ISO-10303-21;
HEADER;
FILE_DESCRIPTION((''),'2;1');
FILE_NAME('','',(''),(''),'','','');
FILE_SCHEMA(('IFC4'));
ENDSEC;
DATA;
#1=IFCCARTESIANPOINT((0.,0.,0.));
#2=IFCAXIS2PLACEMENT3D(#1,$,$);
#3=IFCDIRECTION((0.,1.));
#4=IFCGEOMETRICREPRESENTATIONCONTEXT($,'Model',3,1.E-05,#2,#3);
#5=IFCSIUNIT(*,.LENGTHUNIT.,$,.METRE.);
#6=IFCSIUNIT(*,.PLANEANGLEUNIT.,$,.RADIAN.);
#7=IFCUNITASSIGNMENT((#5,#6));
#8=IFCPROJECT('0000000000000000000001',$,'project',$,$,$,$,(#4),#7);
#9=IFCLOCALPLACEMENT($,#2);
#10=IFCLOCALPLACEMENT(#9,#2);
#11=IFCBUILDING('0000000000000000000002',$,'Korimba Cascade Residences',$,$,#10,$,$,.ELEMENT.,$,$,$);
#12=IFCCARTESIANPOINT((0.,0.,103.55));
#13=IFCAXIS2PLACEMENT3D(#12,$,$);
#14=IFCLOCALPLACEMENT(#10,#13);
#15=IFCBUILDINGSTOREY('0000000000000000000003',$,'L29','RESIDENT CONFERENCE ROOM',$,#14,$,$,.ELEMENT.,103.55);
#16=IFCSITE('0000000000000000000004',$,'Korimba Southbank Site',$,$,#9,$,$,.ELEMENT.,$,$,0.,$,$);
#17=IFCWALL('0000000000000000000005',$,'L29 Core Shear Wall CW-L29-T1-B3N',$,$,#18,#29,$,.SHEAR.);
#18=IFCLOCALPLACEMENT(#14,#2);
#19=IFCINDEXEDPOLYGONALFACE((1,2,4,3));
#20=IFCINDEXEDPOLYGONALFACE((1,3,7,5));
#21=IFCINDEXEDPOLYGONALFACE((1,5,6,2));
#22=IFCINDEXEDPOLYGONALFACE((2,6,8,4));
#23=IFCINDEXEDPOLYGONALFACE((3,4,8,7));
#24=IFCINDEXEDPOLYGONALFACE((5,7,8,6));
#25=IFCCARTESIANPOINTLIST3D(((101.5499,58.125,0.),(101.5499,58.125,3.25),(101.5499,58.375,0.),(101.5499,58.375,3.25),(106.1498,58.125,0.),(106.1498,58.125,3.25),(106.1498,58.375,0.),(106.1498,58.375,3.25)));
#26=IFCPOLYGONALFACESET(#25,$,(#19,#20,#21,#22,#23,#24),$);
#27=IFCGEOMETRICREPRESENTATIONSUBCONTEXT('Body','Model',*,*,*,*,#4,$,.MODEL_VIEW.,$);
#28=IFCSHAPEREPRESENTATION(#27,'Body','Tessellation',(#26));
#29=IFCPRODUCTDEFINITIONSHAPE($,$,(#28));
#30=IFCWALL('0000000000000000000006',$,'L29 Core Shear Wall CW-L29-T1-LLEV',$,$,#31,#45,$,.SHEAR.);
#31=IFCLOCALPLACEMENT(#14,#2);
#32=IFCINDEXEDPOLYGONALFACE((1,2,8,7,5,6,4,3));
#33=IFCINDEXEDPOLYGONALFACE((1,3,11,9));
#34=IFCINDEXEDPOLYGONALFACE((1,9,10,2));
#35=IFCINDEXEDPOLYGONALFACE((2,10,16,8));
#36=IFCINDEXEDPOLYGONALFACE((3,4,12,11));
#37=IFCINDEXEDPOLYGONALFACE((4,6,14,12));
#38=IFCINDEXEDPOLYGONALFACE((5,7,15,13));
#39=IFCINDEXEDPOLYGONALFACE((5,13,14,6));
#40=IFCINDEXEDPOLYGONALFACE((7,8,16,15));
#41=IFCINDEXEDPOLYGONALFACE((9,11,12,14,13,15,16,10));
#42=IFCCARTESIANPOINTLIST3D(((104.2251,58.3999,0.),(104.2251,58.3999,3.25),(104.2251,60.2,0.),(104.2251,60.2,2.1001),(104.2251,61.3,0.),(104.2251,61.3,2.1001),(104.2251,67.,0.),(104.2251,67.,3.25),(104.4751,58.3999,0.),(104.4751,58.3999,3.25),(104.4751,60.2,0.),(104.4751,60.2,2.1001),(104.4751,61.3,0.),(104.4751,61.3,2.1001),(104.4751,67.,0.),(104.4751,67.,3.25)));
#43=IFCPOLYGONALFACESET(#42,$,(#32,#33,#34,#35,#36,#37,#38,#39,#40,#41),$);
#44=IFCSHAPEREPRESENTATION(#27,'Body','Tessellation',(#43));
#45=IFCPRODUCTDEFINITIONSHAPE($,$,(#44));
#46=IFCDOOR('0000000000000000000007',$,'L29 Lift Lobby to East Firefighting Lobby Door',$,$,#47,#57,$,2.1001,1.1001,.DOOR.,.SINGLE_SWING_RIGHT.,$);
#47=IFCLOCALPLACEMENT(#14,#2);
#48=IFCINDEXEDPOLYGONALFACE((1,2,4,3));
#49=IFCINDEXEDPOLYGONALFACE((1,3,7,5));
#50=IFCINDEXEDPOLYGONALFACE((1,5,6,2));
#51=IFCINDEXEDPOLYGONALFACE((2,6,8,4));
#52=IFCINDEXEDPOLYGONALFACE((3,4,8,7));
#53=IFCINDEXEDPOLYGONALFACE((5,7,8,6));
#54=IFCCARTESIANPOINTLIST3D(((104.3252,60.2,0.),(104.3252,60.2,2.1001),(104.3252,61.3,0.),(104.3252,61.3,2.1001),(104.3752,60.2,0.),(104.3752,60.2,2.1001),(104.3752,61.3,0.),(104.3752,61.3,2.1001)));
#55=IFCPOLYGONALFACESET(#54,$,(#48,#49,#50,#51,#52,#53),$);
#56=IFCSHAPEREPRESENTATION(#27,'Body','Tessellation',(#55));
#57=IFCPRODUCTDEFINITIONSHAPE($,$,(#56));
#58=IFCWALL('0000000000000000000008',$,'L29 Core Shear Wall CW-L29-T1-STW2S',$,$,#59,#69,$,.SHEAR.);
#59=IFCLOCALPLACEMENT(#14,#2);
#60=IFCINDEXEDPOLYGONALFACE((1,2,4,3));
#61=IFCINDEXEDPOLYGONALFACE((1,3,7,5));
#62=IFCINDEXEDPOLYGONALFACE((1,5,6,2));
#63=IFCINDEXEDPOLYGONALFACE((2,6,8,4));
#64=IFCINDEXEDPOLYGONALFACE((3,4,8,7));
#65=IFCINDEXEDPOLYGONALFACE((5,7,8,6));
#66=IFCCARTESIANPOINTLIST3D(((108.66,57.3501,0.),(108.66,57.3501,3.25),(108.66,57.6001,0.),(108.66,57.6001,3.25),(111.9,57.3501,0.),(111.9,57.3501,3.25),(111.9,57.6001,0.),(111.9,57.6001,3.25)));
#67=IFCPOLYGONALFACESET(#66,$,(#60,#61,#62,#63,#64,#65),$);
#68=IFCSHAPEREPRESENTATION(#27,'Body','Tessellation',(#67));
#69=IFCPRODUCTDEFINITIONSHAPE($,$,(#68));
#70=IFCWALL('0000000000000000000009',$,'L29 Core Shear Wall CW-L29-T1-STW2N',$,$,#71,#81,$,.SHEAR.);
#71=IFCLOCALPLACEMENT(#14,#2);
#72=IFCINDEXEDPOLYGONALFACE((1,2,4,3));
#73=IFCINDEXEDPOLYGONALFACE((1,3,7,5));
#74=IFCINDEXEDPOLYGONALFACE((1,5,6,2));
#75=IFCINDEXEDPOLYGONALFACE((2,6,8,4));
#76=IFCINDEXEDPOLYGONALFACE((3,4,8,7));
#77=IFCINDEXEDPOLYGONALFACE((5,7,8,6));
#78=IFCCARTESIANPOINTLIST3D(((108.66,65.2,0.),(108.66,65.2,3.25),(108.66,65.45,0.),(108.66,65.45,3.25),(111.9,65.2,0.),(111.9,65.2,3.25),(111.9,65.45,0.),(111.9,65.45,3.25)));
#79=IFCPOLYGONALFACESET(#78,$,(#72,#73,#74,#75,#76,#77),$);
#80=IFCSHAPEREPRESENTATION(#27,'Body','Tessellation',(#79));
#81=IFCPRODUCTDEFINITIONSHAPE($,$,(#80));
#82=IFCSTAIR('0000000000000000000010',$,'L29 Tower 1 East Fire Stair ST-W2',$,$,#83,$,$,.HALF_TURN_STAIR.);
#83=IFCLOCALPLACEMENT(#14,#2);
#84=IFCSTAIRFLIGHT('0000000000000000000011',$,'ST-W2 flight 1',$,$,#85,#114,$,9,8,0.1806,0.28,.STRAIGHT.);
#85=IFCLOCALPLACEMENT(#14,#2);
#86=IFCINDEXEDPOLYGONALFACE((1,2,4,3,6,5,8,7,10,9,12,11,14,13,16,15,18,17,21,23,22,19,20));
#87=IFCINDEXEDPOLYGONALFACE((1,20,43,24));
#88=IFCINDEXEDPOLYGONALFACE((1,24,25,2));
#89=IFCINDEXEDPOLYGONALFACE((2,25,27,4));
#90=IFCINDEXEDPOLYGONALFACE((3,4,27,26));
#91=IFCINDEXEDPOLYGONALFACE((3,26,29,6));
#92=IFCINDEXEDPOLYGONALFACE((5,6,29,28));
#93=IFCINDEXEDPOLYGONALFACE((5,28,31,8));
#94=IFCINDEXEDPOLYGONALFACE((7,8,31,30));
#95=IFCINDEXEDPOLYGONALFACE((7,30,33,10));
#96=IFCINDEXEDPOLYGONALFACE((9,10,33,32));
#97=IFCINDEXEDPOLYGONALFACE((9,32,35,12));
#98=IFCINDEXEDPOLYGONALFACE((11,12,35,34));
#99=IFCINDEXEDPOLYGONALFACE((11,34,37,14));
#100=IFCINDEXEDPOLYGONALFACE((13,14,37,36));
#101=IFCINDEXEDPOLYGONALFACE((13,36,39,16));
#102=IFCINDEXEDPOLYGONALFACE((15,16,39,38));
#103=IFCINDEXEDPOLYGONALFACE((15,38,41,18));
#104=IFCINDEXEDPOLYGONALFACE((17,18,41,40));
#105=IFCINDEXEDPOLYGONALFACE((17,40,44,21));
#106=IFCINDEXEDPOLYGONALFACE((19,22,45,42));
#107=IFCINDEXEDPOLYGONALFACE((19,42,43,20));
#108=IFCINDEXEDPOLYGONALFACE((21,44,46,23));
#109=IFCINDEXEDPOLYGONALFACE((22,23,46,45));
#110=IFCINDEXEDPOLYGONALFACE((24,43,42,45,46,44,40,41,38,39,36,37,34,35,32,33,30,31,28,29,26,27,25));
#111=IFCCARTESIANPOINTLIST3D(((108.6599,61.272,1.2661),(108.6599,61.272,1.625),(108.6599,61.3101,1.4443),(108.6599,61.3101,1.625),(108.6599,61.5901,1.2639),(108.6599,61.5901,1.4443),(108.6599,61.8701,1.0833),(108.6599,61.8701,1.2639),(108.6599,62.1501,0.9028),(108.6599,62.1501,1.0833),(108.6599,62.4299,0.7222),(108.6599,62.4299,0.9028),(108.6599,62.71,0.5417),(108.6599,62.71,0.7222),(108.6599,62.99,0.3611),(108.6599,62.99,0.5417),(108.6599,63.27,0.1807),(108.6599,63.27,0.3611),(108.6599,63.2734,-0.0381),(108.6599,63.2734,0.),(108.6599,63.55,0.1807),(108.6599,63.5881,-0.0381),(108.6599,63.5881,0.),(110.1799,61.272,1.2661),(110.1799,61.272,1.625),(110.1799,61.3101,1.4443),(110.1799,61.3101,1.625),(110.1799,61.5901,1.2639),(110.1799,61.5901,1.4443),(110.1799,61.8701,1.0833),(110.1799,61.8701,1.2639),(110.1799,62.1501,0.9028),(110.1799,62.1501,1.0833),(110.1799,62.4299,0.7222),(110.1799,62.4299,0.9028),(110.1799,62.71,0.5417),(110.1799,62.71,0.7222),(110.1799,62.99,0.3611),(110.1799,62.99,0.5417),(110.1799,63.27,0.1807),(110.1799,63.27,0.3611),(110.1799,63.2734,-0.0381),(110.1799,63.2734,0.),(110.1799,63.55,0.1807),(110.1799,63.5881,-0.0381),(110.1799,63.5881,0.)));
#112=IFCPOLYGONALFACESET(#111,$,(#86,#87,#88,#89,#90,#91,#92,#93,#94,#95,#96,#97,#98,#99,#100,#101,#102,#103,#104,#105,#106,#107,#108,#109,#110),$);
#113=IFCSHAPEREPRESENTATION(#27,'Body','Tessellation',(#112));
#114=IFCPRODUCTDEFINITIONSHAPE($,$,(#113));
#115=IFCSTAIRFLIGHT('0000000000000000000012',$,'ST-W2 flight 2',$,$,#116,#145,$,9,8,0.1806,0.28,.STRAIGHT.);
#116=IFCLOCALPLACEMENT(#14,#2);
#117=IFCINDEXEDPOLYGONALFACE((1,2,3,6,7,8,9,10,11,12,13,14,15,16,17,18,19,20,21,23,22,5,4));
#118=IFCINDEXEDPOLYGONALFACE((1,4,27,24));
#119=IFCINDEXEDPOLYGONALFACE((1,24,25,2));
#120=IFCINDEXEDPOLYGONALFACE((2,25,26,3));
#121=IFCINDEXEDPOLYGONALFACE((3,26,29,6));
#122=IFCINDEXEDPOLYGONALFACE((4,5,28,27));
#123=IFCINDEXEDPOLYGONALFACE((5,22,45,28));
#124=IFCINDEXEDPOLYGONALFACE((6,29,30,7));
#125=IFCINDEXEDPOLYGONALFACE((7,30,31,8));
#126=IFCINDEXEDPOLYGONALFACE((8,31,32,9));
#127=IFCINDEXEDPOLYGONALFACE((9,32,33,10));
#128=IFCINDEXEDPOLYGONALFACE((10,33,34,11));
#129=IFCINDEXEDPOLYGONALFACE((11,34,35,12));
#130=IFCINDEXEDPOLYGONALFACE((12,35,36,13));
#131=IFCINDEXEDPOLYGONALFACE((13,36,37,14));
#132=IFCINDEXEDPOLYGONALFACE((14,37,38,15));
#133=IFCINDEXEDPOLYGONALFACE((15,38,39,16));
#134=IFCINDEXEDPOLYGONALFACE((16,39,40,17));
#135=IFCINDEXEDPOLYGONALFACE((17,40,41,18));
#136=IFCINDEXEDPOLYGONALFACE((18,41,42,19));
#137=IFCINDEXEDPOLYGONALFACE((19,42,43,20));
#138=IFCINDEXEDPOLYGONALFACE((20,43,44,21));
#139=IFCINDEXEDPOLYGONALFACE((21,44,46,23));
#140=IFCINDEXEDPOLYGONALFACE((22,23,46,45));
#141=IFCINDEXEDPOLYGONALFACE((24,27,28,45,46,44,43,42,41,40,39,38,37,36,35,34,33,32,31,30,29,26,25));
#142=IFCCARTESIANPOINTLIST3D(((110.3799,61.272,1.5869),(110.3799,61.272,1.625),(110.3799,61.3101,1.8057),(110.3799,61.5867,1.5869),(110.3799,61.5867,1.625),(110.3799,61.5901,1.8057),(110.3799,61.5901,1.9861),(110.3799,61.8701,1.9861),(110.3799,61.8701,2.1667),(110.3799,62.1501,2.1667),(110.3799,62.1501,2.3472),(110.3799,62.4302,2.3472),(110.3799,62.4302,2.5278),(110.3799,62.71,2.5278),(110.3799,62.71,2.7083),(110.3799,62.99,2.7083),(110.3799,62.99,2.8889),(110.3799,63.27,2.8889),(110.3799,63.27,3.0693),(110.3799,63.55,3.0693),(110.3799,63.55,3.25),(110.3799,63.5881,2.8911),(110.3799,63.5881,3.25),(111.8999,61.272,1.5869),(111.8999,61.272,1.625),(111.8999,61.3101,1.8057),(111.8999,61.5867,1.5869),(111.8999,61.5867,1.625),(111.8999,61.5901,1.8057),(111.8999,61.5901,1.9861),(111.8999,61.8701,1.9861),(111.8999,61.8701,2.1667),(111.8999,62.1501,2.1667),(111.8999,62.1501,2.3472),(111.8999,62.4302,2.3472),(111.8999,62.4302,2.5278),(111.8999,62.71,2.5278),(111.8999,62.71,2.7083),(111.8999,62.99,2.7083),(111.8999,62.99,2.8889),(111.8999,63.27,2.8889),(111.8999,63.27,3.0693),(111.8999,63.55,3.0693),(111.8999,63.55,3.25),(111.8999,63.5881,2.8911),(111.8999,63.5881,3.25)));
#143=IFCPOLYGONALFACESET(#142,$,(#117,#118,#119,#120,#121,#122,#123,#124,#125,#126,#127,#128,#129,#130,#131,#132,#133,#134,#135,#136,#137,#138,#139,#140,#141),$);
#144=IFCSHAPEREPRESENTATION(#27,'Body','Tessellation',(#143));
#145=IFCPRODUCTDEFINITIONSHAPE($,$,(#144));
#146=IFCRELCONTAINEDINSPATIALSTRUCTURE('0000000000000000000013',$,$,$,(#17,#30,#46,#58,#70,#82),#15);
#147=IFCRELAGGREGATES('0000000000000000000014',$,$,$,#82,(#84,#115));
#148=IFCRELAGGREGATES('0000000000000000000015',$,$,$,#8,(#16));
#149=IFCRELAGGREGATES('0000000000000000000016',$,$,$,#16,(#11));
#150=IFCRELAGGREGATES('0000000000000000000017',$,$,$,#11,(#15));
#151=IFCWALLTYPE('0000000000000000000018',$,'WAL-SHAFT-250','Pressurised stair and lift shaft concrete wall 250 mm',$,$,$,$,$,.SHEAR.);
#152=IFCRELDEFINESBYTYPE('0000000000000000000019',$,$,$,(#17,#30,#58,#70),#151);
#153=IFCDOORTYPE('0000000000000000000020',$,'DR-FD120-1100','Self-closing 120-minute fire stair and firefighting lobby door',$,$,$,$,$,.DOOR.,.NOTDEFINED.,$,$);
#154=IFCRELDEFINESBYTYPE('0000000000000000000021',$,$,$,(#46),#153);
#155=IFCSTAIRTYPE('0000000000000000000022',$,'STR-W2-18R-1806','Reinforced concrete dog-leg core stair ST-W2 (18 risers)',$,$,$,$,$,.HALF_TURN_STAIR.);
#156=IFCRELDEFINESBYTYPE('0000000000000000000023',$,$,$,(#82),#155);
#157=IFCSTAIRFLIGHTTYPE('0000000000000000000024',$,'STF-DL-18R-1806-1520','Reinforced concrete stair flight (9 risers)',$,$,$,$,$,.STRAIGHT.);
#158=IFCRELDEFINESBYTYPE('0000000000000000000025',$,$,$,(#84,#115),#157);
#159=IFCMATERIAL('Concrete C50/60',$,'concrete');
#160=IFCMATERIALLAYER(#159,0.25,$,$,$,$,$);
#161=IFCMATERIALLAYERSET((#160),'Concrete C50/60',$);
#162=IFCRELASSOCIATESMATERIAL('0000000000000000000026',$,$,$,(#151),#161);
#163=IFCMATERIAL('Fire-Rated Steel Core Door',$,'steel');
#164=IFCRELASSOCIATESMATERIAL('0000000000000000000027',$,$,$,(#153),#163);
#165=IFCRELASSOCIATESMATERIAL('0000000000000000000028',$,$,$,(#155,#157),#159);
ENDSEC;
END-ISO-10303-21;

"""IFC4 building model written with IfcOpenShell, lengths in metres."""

from ifc_helpers import new_model, si_unit, direction, frame, frame_2d, origin, place, context, subcontext, project, spatial, polyline, rectangle, outline, extrude, material, layer, layer_set, type_object, element, fill, aggregate, save


model = new_model("IFC4")

# Units and contexts
model_context = context("Model", 3, precision=1e-05, world=origin(), true_north=direction((0.0, 1.0)))
body_context = subcontext(model_context, "Body", "Model", "MODEL_VIEW")
ifc_project = project(units=[si_unit("LENGTHUNIT", "METRE"), si_unit("PLANEANGLEUNIT", "RADIAN")], contexts=[model_context])

# Site, building, storey
site_placement = place(None, origin())
site = spatial("IfcSite", under=ifc_project, at=site_placement, Name="Korimba Southbank Site", CompositionType="ELEMENT", RefElevation=0.0)
building_placement = place(site_placement, origin())
building = spatial("IfcBuilding", under=site, at=building_placement, Name="Korimba Cascade Residences", CompositionType="ELEMENT")
storey_placement = place(building_placement, frame((0.0, 0.0, 103.55)))
storey = spatial("IfcBuildingStorey", under=building, at=storey_placement, Name="L29", Description="RESIDENT CONFERENCE ROOM", CompositionType="ELEMENT", Elevation=103.55)

# Wall
ifc_material_1 = material(Name="Concrete C50/60", Category="concrete")
ifc_layer_1 = layer(ifc_material_1, 0.25)
ifc_layer_set_1 = layer_set([ifc_layer_1], Name="Concrete C50/60")
wall_type_1 = type_object("IfcWallType", Name="WAL-SHAFT-250", Description="Pressurised stair and lift shaft concrete wall 250 mm", PredefinedType="SHEAR", material=ifc_layer_set_1)
wall_1_placement = place(storey_placement, frame((101.55, 58.25, 0.0), z_axis=(0.0, 0.0, 1.0), x_axis=(1.0, 0.0, 0.0)))
element("IfcWall", 1, at=wall_1_placement, inside=storey, type_object=wall_type_1, Name="L29 Core Shear Wall CW-L29-T1-B3N", PredefinedType="SHEAR", context=body_context, shape_type="SweptSolid", body=[
    extrude(rectangle(XDim=4.5999, YDim=0.25, at=frame_2d((2.2998, 0.0))), origin(), (0.0, 0.0, 1.0), 3.25),
])

# Wall, opening, door
wall_2_placement = place(storey_placement, frame((104.3501, 58.3999, 0.0), z_axis=(0.0, 0.0, 1.0), x_axis=(0.0, 1.0, 0.0)))
wall_2 = element("IfcWall", 2, at=wall_2_placement, inside=storey, type_object=wall_type_1, Name="L29 Core Shear Wall CW-L29-T1-LLEV", PredefinedType="SHEAR", context=body_context, shape_type="SweptSolid", body=[
    extrude(rectangle(XDim=8.6001, YDim=0.25, at=frame_2d((4.3, 0.0))), origin(), (0.0, 0.0, 1.0), 3.25),
])
opening_1_placement = place(wall_2_placement, frame((1.8, 0.0, 0.0)))
opening_1 = element("IfcOpeningElement", 3, at=opening_1_placement, cuts=wall_2, PredefinedType="OPENING", context=body_context, shape_type="SweptSolid", body=[
    extrude(rectangle(XDim=1.1001, YDim=2.1001, at=frame_2d((0.55, 1.05))), frame((0.0, 0.135, 0.0), z_axis=(0.0, -1.0, 0.0), x_axis=(1.0, 0.0, 0.0)), (0.0, 0.0, 1.0), 0.27),
])
ifc_material_2 = material(Name="Fire-Rated Steel Core Door", Category="steel")
door_type_1 = type_object("IfcDoorType", Name="DR-FD120-1100", Description="Self-closing 120-minute fire stair and firefighting lobby door", OperationType="NOTDEFINED", PredefinedType="DOOR", material=ifc_material_2)
door_1_placement = place(opening_1_placement, origin())
door_1 = element("IfcDoor", 4, at=door_1_placement, inside=storey, type_object=door_type_1, Name="L29 Lift Lobby to East Firefighting Lobby Door", OperationType="SINGLE_SWING_RIGHT", OverallHeight=2.1001, OverallWidth=1.1001, PredefinedType="DOOR", context=body_context, shape_type="SweptSolid", body=[
    extrude(rectangle(XDim=1.1001, YDim=2.1001, at=frame_2d((0.55, 1.05))), frame((0.0, 0.0249, 0.0), z_axis=(0.0, -1.0, 0.0), x_axis=(1.0, 0.0, 0.0)), (0.0, 0.0, 1.0), 0.05),
])
fill(opening_1, door_1)

# Walls
for number, where, z_axis, x_axis, name in (
    (5, (108.6599, 57.4751, 0.0), (0.0, 0.0, 1.0), (1.0, 0.0, 0.0), "L29 Core Shear Wall CW-L29-T1-STW2S"),
    (6, (108.6599, 65.325, 0.0), (0.0, 0.0, 1.0), (1.0, 0.0, 0.0), "L29 Core Shear Wall CW-L29-T1-STW2N"),
):
    element("IfcWall", number, at=place(storey_placement, frame(where, z_axis=z_axis, x_axis=x_axis)), inside=storey, type_object=wall_type_1, Name=name, PredefinedType="SHEAR", context=body_context, shape_type="SweptSolid", body=[
        extrude(rectangle(XDim=3.24, YDim=0.25, at=frame_2d((1.6201, 0.0))), origin(), (0.0, 0.0, 1.0), 3.25),
    ])

# Stair, stair flights
stair_type = type_object("IfcStairType", Name="STR-W2-18R-1806", Description="Reinforced concrete dog-leg core stair ST-W2 (18 risers)", PredefinedType="HALF_TURN_STAIR", material=ifc_material_1)
stair_placement = place(storey_placement, origin())
stair = element("IfcStair", 7, at=stair_placement, inside=storey, type_object=stair_type, Name="L29 Tower 1 East Fire Stair ST-W2", PredefinedType="HALF_TURN_STAIR")
stair_flight_type = type_object("IfcStairFlightType", Name="STF-DL-18R-1806-1520", Description="Reinforced concrete stair flight (9 risers)", PredefinedType="STRAIGHT", material=ifc_material_1)
stair_flight_1_placement = place(storey_placement, frame((109.4199, 63.55, 0.0), z_axis=(0.0, 0.0, 1.0), x_axis=(0.0, -1.0, 0.0)))
stair_flight_1 = element("IfcStairFlight", 8, at=stair_flight_1_placement, type_object=stair_flight_type, Name="ST-W2 flight 1", NumberOfRisers=9, NumberOfTreads=8, PredefinedType="STRAIGHT", RiserHeight=0.1806, TreadLength=0.28, context=body_context, shape_type="SweptSolid", body=[
    extrude(outline(polyline([(-0.0381, 0.0), (0.0, 0.1807), (0.28, 0.1807), (0.28, 0.3611), (0.5601, 0.3611), (0.5601, 0.5417), (0.8401, 0.5417), (0.8401, 0.7222), (1.1201, 0.7222), (1.1201, 0.9028), (1.3999, 0.9028), (1.3999, 1.0833), (1.6799, 1.0833), (1.6799, 1.2639), (1.96, 1.2639), (1.96, 1.4443), (2.24, 1.4443), (2.24, 1.625), (2.2781, 1.625), (2.2781, 1.2661), (0.2766, 0.0), (0.2766, -0.0381), (-0.0381, -0.0381), (-0.0381, 0.0)])), frame((0.0, 0.76, 0.0), z_axis=(0.0, -1.0, 0.0), x_axis=(1.0, 0.0, 0.0)), (0.0, 0.0, 1.0), 1.52),
])
stair_flight_2_placement = place(storey_placement, frame((111.1399, 61.3101, 1.625), z_axis=(0.0, 0.0, 1.0), x_axis=(0.0, 1.0, 0.0)))
stair_flight_2 = element("IfcStairFlight", 9, at=stair_flight_2_placement, type_object=stair_flight_type, Name="ST-W2 flight 2", NumberOfRisers=9, NumberOfTreads=8, PredefinedType="STRAIGHT", RiserHeight=0.1806, TreadLength=0.28, context=body_context, shape_type="SweptSolid", body=[
    extrude(outline(polyline([(-0.0381, 0.0), (0.0, 0.1807), (0.28, 0.1807), (0.28, 0.3611), (0.5601, 0.3611), (0.5601, 0.5417), (0.8401, 0.5417), (0.8401, 0.7222), (1.1201, 0.7222), (1.1201, 0.9028), (1.3999, 0.9028), (1.3999, 1.0833), (1.6799, 1.0833), (1.6799, 1.2639), (1.96, 1.2639), (1.96, 1.4443), (2.24, 1.4443), (2.24, 1.625), (2.2781, 1.625), (2.2781, 1.2661), (0.2766, 0.0), (0.2766, -0.0381), (-0.0381, -0.0381), (-0.0381, 0.0)])), frame((0.0, 0.76, 0.0), z_axis=(0.0, -1.0, 0.0), x_axis=(1.0, 0.0, 0.0)), (0.0, 0.0, 1.0), 1.52),
])
aggregate(stair, [stair_flight_1, stair_flight_2])

save(model, "model.ifc")
